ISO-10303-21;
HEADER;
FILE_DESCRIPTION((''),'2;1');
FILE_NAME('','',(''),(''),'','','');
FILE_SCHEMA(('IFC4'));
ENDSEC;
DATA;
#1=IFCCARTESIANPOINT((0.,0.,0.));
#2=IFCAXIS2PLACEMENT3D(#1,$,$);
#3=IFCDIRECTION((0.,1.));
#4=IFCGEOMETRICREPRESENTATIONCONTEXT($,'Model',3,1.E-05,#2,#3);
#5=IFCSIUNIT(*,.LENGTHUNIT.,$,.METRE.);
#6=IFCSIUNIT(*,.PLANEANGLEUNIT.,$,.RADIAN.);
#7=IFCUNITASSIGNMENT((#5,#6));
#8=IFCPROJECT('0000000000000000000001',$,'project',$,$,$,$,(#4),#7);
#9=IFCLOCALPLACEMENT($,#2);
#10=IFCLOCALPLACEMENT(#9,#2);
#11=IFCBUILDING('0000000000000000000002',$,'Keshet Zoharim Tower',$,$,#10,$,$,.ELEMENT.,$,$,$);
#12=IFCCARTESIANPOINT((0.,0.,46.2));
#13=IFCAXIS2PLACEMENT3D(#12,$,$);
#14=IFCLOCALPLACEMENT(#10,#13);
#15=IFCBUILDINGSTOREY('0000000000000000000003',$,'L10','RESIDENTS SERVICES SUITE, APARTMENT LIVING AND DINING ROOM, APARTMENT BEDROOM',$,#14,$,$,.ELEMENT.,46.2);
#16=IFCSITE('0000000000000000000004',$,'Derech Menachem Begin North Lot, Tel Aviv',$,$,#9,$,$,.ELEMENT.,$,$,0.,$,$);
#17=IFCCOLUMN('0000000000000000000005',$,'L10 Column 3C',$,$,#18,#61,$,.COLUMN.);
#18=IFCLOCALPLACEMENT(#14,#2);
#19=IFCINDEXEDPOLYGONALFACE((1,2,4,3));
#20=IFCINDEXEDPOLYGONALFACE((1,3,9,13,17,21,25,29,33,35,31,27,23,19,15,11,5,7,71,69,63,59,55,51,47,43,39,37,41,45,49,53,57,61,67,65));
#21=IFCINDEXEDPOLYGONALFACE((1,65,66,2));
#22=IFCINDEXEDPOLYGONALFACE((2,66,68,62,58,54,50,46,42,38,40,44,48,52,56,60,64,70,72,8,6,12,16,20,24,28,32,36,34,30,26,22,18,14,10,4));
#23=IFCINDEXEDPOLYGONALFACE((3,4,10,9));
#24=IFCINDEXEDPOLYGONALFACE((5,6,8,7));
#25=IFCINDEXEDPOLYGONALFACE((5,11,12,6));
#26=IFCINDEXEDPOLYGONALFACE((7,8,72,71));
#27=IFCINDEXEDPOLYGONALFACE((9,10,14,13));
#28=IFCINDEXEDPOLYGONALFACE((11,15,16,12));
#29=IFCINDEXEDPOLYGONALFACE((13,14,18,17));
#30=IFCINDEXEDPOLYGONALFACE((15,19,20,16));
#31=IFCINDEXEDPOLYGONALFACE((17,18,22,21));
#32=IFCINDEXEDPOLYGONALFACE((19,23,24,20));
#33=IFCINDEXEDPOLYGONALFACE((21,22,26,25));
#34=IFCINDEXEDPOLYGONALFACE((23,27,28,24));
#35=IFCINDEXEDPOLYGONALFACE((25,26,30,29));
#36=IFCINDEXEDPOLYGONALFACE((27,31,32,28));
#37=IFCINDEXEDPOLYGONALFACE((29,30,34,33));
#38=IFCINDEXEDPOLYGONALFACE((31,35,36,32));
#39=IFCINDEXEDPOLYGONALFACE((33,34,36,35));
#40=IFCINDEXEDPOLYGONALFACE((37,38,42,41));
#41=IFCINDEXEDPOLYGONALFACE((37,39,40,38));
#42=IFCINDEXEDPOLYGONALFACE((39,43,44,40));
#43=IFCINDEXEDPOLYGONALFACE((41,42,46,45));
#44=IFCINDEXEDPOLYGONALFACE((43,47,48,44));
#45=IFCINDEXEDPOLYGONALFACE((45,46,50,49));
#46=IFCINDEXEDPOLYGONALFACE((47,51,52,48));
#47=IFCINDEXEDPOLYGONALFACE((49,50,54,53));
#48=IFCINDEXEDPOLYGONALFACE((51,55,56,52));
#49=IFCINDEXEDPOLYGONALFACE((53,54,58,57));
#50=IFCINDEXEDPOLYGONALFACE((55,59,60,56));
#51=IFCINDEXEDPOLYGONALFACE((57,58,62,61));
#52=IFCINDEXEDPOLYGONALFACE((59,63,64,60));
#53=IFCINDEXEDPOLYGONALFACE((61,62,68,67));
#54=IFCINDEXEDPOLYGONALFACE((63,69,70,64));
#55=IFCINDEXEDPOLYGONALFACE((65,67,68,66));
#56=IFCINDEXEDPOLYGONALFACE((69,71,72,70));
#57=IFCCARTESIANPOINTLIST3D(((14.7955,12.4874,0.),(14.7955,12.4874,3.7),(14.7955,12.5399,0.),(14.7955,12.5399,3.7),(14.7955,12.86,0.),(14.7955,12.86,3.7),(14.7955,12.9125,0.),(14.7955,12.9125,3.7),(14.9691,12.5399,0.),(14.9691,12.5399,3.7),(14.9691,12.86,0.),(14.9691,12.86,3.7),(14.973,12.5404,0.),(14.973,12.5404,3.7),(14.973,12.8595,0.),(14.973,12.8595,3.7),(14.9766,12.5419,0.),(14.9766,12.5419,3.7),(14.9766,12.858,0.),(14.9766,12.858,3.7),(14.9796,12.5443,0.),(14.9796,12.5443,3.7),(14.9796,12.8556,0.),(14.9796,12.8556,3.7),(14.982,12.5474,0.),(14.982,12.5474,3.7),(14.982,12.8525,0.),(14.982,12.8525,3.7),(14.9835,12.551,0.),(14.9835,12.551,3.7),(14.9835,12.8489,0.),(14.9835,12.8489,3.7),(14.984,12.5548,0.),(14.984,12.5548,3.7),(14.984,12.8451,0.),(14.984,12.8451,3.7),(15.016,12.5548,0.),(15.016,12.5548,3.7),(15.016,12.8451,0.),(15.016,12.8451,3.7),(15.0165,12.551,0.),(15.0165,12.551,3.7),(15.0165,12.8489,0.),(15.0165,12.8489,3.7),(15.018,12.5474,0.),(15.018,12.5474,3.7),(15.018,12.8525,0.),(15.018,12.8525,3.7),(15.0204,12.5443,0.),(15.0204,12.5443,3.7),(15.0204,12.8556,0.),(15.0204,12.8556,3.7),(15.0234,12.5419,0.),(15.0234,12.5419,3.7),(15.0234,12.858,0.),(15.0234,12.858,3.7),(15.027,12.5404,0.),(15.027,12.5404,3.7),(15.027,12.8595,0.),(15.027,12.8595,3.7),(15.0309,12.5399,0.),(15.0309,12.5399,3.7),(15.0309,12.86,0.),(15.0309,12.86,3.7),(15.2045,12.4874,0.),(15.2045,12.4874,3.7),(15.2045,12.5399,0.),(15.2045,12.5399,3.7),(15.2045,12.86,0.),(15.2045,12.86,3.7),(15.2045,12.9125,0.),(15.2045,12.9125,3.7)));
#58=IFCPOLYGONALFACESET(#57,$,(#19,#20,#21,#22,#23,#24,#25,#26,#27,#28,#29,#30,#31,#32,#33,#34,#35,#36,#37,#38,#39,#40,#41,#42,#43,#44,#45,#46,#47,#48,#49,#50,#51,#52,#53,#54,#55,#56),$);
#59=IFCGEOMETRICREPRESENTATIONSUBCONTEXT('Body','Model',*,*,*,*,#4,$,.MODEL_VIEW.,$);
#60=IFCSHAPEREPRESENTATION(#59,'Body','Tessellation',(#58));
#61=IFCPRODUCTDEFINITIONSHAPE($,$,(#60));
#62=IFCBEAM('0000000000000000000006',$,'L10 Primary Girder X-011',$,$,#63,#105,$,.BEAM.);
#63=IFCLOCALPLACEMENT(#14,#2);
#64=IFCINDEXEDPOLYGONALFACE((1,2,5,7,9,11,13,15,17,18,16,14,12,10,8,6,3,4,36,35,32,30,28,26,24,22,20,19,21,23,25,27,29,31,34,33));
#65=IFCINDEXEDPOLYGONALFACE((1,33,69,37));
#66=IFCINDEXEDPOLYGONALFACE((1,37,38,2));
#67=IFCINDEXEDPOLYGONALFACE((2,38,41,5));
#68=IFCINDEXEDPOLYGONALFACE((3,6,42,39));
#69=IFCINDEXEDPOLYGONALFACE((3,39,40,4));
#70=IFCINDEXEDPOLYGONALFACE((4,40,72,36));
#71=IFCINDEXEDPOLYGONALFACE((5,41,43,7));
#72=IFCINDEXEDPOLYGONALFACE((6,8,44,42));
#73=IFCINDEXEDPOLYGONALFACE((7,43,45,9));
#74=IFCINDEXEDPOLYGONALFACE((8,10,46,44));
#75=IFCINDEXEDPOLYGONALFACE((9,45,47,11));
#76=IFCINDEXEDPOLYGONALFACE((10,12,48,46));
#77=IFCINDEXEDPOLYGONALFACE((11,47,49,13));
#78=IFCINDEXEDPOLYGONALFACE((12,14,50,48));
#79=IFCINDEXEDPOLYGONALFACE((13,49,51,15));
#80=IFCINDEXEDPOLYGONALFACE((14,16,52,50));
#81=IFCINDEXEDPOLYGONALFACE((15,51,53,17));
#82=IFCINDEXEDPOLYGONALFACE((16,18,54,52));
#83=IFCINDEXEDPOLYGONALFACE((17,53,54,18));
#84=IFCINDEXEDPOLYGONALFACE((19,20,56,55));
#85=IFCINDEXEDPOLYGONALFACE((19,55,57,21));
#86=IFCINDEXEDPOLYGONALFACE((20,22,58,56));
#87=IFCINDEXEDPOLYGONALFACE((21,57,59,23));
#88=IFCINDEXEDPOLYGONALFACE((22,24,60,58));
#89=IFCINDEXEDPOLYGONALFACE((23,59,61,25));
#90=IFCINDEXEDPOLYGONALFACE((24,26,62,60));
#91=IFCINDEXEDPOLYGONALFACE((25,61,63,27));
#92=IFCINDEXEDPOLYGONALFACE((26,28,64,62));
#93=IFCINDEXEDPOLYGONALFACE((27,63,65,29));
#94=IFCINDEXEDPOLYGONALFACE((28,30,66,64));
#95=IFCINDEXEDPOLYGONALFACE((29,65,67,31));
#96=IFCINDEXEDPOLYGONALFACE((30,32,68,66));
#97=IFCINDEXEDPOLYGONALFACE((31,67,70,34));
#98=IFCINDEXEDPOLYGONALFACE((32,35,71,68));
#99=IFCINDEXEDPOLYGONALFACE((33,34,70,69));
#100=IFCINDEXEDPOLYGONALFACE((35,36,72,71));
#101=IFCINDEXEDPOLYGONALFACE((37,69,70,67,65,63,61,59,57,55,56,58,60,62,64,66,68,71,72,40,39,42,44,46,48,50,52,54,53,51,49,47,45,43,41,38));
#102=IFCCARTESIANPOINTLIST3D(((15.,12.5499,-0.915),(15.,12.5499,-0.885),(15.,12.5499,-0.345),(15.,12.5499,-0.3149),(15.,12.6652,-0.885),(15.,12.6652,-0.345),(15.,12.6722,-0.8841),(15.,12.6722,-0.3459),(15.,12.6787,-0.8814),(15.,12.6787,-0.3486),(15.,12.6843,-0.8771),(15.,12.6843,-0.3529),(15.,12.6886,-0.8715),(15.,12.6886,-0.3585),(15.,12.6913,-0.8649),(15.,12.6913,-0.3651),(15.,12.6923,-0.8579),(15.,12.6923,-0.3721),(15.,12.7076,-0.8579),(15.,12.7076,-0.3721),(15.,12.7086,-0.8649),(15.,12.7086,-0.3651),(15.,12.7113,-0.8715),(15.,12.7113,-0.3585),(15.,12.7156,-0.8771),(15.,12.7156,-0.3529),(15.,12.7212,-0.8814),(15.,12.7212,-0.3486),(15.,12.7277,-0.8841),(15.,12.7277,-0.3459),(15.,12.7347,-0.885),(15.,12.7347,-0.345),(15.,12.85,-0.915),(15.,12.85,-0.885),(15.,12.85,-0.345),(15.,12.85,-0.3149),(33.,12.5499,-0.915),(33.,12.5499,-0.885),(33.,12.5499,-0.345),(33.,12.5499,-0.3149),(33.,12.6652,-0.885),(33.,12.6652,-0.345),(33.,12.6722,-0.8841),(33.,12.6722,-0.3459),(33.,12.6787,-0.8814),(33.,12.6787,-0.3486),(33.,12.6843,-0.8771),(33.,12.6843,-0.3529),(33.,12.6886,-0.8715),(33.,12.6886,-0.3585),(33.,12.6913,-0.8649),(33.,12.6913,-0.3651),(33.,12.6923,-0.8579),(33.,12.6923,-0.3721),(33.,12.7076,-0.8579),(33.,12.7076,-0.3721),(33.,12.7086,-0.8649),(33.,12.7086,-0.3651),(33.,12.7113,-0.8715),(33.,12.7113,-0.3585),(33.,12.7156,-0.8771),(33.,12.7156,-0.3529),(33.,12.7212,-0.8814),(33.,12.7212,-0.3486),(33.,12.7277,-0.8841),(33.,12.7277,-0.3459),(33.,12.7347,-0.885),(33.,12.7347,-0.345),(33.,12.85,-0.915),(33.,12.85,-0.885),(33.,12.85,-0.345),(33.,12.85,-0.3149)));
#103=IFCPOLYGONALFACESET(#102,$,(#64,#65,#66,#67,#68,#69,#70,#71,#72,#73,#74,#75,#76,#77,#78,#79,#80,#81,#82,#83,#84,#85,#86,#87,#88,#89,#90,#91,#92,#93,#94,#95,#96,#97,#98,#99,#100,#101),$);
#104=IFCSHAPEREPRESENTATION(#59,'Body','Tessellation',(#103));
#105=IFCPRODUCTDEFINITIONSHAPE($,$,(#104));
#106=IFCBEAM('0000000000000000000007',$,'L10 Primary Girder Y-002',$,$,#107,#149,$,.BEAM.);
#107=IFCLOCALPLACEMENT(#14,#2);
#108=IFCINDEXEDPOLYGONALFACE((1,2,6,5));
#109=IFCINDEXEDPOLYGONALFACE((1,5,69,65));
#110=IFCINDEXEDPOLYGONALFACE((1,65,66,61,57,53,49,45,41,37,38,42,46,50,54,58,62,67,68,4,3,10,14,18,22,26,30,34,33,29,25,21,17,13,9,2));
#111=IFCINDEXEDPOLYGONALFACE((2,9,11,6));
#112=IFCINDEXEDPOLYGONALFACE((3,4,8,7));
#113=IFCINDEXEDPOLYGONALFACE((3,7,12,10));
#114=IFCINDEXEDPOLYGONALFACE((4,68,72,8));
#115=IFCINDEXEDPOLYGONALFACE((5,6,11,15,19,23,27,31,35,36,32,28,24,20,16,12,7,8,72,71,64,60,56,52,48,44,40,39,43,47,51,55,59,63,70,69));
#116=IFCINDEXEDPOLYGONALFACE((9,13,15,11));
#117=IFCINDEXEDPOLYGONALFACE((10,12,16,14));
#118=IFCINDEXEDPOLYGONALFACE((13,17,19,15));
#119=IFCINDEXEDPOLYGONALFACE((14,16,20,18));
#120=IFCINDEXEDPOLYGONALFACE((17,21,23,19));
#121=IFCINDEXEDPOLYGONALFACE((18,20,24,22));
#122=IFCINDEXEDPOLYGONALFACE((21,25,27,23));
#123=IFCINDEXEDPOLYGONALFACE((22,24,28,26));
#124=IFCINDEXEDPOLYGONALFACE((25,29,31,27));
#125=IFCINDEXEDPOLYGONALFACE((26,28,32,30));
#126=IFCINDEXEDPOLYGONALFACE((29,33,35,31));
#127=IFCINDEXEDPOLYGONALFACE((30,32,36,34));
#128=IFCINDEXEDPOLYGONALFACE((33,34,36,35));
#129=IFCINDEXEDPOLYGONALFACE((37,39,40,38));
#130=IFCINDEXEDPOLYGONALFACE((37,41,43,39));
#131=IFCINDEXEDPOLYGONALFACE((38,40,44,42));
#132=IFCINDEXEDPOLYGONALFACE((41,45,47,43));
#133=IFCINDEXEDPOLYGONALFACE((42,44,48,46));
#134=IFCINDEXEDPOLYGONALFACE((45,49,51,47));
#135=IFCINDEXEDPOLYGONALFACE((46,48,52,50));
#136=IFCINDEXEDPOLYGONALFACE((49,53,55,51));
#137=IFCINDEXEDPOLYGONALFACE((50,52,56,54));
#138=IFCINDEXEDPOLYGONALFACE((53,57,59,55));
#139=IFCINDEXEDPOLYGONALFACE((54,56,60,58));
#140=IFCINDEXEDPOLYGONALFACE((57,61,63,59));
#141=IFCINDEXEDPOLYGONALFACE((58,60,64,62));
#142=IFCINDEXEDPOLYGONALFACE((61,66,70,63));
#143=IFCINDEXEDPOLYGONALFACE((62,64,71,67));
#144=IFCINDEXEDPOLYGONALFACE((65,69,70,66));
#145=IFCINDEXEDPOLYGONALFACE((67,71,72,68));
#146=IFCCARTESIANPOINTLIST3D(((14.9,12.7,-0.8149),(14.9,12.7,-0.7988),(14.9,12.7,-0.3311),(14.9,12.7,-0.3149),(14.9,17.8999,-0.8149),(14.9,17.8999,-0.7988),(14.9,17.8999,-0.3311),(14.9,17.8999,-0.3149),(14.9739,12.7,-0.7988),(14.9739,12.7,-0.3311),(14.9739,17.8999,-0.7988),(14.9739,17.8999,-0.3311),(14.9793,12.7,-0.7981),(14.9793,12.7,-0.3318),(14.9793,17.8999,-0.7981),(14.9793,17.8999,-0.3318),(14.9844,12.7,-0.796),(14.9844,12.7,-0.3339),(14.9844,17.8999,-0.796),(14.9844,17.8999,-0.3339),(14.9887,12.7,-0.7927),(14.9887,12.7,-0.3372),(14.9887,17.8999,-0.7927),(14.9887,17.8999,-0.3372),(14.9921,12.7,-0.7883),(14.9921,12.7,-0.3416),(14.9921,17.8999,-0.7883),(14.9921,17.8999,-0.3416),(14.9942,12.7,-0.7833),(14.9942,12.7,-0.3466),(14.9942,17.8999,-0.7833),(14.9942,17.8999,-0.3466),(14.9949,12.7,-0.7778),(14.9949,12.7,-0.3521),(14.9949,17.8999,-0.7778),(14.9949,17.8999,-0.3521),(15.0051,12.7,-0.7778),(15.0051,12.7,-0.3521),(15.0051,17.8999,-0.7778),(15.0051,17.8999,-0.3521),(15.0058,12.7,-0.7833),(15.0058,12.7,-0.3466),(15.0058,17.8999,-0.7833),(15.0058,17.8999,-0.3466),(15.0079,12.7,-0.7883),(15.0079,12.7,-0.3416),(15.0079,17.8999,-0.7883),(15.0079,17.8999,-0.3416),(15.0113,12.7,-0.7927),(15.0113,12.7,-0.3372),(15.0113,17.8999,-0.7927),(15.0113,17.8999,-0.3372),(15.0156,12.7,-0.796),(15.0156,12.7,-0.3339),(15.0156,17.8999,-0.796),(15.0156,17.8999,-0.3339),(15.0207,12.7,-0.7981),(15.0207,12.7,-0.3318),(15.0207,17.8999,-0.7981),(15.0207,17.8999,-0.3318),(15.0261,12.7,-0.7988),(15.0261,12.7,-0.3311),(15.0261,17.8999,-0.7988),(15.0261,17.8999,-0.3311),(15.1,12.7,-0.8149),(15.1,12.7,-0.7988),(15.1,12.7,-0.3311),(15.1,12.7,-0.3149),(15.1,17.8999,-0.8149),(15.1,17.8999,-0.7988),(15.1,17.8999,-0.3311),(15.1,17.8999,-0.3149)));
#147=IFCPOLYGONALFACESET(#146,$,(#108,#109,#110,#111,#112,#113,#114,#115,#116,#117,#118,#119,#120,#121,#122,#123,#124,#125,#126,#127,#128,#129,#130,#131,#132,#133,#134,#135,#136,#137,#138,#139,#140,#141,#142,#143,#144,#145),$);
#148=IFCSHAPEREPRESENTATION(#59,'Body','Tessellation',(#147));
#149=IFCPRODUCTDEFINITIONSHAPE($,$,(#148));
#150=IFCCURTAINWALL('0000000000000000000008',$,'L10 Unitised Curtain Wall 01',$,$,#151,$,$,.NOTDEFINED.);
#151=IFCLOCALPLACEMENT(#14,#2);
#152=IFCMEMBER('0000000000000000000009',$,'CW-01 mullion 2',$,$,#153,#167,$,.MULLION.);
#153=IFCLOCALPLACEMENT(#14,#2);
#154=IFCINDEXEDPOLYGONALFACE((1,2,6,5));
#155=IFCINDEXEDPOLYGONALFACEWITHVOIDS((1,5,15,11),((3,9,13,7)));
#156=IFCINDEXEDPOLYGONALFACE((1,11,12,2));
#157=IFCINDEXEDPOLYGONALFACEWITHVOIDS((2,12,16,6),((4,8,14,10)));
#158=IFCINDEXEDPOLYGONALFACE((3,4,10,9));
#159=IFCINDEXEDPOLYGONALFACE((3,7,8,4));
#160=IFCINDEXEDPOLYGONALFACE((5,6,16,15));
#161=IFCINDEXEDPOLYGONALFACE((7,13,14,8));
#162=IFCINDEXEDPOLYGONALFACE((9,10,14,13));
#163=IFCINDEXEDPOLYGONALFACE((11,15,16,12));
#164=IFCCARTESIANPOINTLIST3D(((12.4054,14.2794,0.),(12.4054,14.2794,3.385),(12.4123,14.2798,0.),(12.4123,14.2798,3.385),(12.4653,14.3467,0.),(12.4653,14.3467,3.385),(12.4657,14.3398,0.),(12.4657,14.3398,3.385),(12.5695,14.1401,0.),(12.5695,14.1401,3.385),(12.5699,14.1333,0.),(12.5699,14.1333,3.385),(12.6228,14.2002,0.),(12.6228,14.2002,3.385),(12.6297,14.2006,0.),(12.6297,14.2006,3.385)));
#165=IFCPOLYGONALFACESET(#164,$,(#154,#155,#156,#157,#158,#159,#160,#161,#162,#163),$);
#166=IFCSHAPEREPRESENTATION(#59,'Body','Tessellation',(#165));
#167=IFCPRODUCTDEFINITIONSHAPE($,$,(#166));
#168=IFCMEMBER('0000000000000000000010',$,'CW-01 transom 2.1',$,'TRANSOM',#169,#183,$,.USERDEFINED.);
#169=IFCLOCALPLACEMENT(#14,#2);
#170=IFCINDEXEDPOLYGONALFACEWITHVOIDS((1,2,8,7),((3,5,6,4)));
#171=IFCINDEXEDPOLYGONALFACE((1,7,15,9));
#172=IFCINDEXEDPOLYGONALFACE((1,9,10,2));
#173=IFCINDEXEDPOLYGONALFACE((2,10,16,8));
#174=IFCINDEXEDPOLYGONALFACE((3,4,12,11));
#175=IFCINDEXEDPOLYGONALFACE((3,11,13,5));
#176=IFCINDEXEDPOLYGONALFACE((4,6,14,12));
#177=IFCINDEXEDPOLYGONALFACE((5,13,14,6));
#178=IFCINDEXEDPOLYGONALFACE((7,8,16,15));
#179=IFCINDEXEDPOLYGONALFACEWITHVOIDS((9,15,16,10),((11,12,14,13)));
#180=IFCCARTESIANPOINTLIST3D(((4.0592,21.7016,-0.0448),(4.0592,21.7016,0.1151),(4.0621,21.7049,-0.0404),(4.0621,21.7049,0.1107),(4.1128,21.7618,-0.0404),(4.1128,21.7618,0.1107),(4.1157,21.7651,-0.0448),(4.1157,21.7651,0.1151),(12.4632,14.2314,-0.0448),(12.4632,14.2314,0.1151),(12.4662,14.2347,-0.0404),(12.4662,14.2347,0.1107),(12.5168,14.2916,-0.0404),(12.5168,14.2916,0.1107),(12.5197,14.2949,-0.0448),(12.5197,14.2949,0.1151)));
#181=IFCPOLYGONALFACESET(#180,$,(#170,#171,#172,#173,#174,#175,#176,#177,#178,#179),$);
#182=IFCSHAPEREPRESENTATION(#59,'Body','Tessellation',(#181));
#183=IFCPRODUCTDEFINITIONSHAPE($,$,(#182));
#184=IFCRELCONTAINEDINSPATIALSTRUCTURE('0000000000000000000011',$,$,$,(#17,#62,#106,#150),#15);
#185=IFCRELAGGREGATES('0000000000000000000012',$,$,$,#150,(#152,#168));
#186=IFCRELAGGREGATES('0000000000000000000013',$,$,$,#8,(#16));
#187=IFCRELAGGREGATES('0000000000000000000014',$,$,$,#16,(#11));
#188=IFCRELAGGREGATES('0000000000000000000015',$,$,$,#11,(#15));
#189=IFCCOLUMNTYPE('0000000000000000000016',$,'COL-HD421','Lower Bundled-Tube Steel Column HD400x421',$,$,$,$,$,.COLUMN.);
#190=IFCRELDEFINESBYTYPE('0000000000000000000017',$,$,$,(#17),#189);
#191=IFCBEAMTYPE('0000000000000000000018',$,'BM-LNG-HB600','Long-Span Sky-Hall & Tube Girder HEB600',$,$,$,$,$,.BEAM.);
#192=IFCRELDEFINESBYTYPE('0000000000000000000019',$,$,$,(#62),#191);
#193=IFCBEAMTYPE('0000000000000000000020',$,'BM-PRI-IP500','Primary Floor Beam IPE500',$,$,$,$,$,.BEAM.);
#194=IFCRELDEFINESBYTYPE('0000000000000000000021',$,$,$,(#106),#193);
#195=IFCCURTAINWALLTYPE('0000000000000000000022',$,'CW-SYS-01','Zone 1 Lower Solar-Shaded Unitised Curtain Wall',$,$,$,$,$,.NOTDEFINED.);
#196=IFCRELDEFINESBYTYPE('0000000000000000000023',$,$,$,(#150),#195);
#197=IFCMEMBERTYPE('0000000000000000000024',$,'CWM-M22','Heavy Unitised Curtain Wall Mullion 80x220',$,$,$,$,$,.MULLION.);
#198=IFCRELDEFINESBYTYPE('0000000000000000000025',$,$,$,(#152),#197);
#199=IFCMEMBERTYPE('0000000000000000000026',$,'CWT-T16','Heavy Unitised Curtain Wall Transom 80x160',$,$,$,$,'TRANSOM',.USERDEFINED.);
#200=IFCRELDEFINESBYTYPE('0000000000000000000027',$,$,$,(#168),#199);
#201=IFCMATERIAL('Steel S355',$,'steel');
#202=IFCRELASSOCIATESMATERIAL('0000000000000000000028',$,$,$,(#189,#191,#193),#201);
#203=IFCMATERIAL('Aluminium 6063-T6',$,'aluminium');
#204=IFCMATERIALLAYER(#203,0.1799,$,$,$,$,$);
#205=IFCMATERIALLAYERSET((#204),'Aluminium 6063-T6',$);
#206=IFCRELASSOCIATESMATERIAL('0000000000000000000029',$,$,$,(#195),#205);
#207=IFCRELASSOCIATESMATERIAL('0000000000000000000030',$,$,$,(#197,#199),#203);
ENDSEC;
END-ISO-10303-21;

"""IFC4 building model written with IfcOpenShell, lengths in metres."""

from ifc_helpers import new_model, si_unit, direction, frame, origin, origin_2d, place, context, subcontext, project, spatial, hollow_rectangle, i_section, extrude, material, layer, layer_set, material_profile, profile_set, type_object, element, aggregate, save


model = new_model("IFC4")

# Units and contexts
model_context = context("Model", 3, precision=1e-05, world=origin(), true_north=direction((0.0, 1.0)))
body_context = subcontext(model_context, "Body", "Model", "MODEL_VIEW")
ifc_project = project(units=[si_unit("LENGTHUNIT", "METRE"), si_unit("PLANEANGLEUNIT", "RADIAN")], contexts=[model_context])

# Site, building, storey
site_placement = place(None, origin())
site = spatial("IfcSite", under=ifc_project, at=site_placement, Name="Derech Menachem Begin North Lot, Tel Aviv", CompositionType="ELEMENT", RefElevation=0.0)
building_placement = place(site_placement, origin())
building = spatial("IfcBuilding", under=site, at=building_placement, Name="Keshet Zoharim Tower", CompositionType="ELEMENT")
storey_placement = place(building_placement, frame((0.0, 0.0, 46.2)))
storey = spatial("IfcBuildingStorey", under=building, at=storey_placement, Name="L10", Description="RESIDENTS SERVICES SUITE, APARTMENT LIVING AND DINING ROOM, APARTMENT BEDROOM", CompositionType="ELEMENT", Elevation=46.2)

# Column
ifc_material_1 = material(Name="Steel S355", Category="steel")
ifc_material_profile_1 = material_profile(ifc_material_1, i_section(OverallWidth=0.4089, OverallDepth=0.425, WebThickness=0.032, FlangeThickness=0.0525, FilletRadius=0.0149, at=origin_2d()), Name="HD400x421")
ifc_profile_set_1 = profile_set([ifc_material_profile_1], Name="Steel S355")
column_type = type_object("IfcColumnType", Name="COL-HD421", Description="Lower Bundled-Tube Steel Column HD400x421", PredefinedType="COLUMN", material=ifc_profile_set_1)
column_placement = place(storey_placement, frame((15.0, 12.7, 0.0), z_axis=(0.0, 0.0, 1.0), x_axis=(1.0, 0.0, 0.0)))
element("IfcColumn", 1, at=column_placement, inside=storey, type_object=column_type, Name="L10 Column 3C", PredefinedType="COLUMN", context=body_context, shape_type="SweptSolid", body=[
    extrude(i_section(OverallWidth=0.4089, OverallDepth=0.425, WebThickness=0.032, FlangeThickness=0.0525, FilletRadius=0.0149, at=origin_2d()), origin(), (0.0, 0.0, 1.0), 3.7),
])

# Beams
ifc_material_profile_2 = material_profile(ifc_material_1, i_section(OverallWidth=0.3, OverallDepth=0.6001, WebThickness=0.0154, FlangeThickness=0.03, FilletRadius=0.0271, at=origin_2d()), Name="HEB600")
ifc_profile_set_2 = profile_set([ifc_material_profile_2], Name="Steel S355")
beam_type_1 = type_object("IfcBeamType", Name="BM-LNG-HB600", Description="Long-Span Sky-Hall & Tube Girder HEB600", PredefinedType="BEAM", material=ifc_profile_set_2)
beam_1_placement = place(storey_placement, frame((15.0, 12.7, -0.615), z_axis=(1.0, 0.0, 0.0), x_axis=(0.0, 1.0, 0.0)))
element("IfcBeam", 2, at=beam_1_placement, inside=storey, type_object=beam_type_1, Name="L10 Primary Girder X-011", PredefinedType="BEAM", context=body_context, shape_type="SweptSolid", body=[
    extrude(i_section(OverallWidth=0.3, OverallDepth=0.6001, WebThickness=0.0154, FlangeThickness=0.03, FilletRadius=0.0271, at=origin_2d()), origin(), (0.0, 0.0, 1.0), 18.0),
])
ifc_material_profile_3 = material_profile(ifc_material_1, i_section(OverallWidth=0.2, OverallDepth=0.5, WebThickness=0.0103, FlangeThickness=0.0161, FilletRadius=0.021, at=origin_2d()), Name="IPE500")
ifc_profile_set_3 = profile_set([ifc_material_profile_3], Name="Steel S355")
beam_type_2 = type_object("IfcBeamType", Name="BM-PRI-IP500", Description="Primary Floor Beam IPE500", PredefinedType="BEAM", material=ifc_profile_set_3)
beam_2_placement = place(storey_placement, frame((15.0, 12.7, -0.5649), z_axis=(0.0, 1.0, 0.0), x_axis=(-1.0, 0.0, 0.0)))
element("IfcBeam", 3, at=beam_2_placement, inside=storey, type_object=beam_type_2, Name="L10 Primary Girder Y-002", PredefinedType="BEAM", context=body_context, shape_type="SweptSolid", body=[
    extrude(i_section(OverallWidth=0.2, OverallDepth=0.5, WebThickness=0.0103, FlangeThickness=0.0161, FilletRadius=0.021, at=origin_2d()), origin(), (0.0, 0.0, 1.0), 5.2),
])

# Curtain wall, members
ifc_material_2 = material(Name="Aluminium 6063-T6", Category="aluminium")
ifc_layer_1 = layer(ifc_material_2, 0.1799)
ifc_layer_set_1 = layer_set([ifc_layer_1], Name="Aluminium 6063-T6")
curtain_wall_type = type_object("IfcCurtainWallType", Name="CW-SYS-01", Description="Zone 1 Lower Solar-Shaded Unitised Curtain Wall", PredefinedType="NOTDEFINED", material=ifc_layer_set_1)
curtain_wall_placement = place(storey_placement, origin())
curtain_wall = element("IfcCurtainWall", 4, at=curtain_wall_placement, inside=storey, type_object=curtain_wall_type, Name="L10 Unitised Curtain Wall 01", PredefinedType="NOTDEFINED")
ifc_material_profile_4 = material_profile(ifc_material_2, hollow_rectangle(XDim=0.0901, YDim=0.22, WallThickness=0.0049, at=origin_2d()), Name="MUL-90x220")
ifc_profile_set_4 = profile_set([ifc_material_profile_4], Name="Aluminium 6063-T6")
member_type_1 = type_object("IfcMemberType", Name="CWM-M22", Description="Heavy Unitised Curtain Wall Mullion 80x220", PredefinedType="MULLION", material=ifc_profile_set_4)
member_1_placement = place(storey_placement, frame((12.5176, 14.24, 0.0), z_axis=(0.0, 0.0, 1.0), x_axis=(-0.664364, -0.747409, 0.0)))
member_1 = element("IfcMember", 5, at=member_1_placement, type_object=member_type_1, Name="CW-01 mullion 2", PredefinedType="MULLION", context=body_context, shape_type="SweptSolid", body=[
    extrude(hollow_rectangle(XDim=0.0901, YDim=0.22, WallThickness=0.0049, at=origin_2d()), origin(), (0.0, 0.0, 1.0), 3.385),
])
ifc_material_profile_5 = material_profile(ifc_material_2, hollow_rectangle(XDim=0.085, YDim=0.1599, WallThickness=0.0044, at=origin_2d()), Name="TRN-85x160")
ifc_profile_set_5 = profile_set([ifc_material_profile_5], Name="Aluminium 6063-T6")
member_type_2 = type_object("IfcMemberType", Name="CWT-T16", Description="Heavy Unitised Curtain Wall Transom 80x160", ElementType="TRANSOM", PredefinedType="USERDEFINED", material=ifc_profile_set_5)
member_2_placement = place(storey_placement, frame((12.4915, 14.2632, 0.0352), z_axis=(-0.747412, 0.664361, 0.0), x_axis=(-0.664361, -0.747412, 0.0)))
member_2 = element("IfcMember", 6, at=member_2_placement, type_object=member_type_2, Name="CW-01 transom 2.1", ObjectType="TRANSOM", PredefinedType="USERDEFINED", context=body_context, shape_type="SweptSolid", body=[
    extrude(hollow_rectangle(XDim=0.085, YDim=0.1599, WallThickness=0.0044, at=origin_2d()), origin(), (0.0, 0.0, 1.0), 11.2441),
])
aggregate(curtain_wall, [member_1, member_2])

save(model, "model.ifc")
